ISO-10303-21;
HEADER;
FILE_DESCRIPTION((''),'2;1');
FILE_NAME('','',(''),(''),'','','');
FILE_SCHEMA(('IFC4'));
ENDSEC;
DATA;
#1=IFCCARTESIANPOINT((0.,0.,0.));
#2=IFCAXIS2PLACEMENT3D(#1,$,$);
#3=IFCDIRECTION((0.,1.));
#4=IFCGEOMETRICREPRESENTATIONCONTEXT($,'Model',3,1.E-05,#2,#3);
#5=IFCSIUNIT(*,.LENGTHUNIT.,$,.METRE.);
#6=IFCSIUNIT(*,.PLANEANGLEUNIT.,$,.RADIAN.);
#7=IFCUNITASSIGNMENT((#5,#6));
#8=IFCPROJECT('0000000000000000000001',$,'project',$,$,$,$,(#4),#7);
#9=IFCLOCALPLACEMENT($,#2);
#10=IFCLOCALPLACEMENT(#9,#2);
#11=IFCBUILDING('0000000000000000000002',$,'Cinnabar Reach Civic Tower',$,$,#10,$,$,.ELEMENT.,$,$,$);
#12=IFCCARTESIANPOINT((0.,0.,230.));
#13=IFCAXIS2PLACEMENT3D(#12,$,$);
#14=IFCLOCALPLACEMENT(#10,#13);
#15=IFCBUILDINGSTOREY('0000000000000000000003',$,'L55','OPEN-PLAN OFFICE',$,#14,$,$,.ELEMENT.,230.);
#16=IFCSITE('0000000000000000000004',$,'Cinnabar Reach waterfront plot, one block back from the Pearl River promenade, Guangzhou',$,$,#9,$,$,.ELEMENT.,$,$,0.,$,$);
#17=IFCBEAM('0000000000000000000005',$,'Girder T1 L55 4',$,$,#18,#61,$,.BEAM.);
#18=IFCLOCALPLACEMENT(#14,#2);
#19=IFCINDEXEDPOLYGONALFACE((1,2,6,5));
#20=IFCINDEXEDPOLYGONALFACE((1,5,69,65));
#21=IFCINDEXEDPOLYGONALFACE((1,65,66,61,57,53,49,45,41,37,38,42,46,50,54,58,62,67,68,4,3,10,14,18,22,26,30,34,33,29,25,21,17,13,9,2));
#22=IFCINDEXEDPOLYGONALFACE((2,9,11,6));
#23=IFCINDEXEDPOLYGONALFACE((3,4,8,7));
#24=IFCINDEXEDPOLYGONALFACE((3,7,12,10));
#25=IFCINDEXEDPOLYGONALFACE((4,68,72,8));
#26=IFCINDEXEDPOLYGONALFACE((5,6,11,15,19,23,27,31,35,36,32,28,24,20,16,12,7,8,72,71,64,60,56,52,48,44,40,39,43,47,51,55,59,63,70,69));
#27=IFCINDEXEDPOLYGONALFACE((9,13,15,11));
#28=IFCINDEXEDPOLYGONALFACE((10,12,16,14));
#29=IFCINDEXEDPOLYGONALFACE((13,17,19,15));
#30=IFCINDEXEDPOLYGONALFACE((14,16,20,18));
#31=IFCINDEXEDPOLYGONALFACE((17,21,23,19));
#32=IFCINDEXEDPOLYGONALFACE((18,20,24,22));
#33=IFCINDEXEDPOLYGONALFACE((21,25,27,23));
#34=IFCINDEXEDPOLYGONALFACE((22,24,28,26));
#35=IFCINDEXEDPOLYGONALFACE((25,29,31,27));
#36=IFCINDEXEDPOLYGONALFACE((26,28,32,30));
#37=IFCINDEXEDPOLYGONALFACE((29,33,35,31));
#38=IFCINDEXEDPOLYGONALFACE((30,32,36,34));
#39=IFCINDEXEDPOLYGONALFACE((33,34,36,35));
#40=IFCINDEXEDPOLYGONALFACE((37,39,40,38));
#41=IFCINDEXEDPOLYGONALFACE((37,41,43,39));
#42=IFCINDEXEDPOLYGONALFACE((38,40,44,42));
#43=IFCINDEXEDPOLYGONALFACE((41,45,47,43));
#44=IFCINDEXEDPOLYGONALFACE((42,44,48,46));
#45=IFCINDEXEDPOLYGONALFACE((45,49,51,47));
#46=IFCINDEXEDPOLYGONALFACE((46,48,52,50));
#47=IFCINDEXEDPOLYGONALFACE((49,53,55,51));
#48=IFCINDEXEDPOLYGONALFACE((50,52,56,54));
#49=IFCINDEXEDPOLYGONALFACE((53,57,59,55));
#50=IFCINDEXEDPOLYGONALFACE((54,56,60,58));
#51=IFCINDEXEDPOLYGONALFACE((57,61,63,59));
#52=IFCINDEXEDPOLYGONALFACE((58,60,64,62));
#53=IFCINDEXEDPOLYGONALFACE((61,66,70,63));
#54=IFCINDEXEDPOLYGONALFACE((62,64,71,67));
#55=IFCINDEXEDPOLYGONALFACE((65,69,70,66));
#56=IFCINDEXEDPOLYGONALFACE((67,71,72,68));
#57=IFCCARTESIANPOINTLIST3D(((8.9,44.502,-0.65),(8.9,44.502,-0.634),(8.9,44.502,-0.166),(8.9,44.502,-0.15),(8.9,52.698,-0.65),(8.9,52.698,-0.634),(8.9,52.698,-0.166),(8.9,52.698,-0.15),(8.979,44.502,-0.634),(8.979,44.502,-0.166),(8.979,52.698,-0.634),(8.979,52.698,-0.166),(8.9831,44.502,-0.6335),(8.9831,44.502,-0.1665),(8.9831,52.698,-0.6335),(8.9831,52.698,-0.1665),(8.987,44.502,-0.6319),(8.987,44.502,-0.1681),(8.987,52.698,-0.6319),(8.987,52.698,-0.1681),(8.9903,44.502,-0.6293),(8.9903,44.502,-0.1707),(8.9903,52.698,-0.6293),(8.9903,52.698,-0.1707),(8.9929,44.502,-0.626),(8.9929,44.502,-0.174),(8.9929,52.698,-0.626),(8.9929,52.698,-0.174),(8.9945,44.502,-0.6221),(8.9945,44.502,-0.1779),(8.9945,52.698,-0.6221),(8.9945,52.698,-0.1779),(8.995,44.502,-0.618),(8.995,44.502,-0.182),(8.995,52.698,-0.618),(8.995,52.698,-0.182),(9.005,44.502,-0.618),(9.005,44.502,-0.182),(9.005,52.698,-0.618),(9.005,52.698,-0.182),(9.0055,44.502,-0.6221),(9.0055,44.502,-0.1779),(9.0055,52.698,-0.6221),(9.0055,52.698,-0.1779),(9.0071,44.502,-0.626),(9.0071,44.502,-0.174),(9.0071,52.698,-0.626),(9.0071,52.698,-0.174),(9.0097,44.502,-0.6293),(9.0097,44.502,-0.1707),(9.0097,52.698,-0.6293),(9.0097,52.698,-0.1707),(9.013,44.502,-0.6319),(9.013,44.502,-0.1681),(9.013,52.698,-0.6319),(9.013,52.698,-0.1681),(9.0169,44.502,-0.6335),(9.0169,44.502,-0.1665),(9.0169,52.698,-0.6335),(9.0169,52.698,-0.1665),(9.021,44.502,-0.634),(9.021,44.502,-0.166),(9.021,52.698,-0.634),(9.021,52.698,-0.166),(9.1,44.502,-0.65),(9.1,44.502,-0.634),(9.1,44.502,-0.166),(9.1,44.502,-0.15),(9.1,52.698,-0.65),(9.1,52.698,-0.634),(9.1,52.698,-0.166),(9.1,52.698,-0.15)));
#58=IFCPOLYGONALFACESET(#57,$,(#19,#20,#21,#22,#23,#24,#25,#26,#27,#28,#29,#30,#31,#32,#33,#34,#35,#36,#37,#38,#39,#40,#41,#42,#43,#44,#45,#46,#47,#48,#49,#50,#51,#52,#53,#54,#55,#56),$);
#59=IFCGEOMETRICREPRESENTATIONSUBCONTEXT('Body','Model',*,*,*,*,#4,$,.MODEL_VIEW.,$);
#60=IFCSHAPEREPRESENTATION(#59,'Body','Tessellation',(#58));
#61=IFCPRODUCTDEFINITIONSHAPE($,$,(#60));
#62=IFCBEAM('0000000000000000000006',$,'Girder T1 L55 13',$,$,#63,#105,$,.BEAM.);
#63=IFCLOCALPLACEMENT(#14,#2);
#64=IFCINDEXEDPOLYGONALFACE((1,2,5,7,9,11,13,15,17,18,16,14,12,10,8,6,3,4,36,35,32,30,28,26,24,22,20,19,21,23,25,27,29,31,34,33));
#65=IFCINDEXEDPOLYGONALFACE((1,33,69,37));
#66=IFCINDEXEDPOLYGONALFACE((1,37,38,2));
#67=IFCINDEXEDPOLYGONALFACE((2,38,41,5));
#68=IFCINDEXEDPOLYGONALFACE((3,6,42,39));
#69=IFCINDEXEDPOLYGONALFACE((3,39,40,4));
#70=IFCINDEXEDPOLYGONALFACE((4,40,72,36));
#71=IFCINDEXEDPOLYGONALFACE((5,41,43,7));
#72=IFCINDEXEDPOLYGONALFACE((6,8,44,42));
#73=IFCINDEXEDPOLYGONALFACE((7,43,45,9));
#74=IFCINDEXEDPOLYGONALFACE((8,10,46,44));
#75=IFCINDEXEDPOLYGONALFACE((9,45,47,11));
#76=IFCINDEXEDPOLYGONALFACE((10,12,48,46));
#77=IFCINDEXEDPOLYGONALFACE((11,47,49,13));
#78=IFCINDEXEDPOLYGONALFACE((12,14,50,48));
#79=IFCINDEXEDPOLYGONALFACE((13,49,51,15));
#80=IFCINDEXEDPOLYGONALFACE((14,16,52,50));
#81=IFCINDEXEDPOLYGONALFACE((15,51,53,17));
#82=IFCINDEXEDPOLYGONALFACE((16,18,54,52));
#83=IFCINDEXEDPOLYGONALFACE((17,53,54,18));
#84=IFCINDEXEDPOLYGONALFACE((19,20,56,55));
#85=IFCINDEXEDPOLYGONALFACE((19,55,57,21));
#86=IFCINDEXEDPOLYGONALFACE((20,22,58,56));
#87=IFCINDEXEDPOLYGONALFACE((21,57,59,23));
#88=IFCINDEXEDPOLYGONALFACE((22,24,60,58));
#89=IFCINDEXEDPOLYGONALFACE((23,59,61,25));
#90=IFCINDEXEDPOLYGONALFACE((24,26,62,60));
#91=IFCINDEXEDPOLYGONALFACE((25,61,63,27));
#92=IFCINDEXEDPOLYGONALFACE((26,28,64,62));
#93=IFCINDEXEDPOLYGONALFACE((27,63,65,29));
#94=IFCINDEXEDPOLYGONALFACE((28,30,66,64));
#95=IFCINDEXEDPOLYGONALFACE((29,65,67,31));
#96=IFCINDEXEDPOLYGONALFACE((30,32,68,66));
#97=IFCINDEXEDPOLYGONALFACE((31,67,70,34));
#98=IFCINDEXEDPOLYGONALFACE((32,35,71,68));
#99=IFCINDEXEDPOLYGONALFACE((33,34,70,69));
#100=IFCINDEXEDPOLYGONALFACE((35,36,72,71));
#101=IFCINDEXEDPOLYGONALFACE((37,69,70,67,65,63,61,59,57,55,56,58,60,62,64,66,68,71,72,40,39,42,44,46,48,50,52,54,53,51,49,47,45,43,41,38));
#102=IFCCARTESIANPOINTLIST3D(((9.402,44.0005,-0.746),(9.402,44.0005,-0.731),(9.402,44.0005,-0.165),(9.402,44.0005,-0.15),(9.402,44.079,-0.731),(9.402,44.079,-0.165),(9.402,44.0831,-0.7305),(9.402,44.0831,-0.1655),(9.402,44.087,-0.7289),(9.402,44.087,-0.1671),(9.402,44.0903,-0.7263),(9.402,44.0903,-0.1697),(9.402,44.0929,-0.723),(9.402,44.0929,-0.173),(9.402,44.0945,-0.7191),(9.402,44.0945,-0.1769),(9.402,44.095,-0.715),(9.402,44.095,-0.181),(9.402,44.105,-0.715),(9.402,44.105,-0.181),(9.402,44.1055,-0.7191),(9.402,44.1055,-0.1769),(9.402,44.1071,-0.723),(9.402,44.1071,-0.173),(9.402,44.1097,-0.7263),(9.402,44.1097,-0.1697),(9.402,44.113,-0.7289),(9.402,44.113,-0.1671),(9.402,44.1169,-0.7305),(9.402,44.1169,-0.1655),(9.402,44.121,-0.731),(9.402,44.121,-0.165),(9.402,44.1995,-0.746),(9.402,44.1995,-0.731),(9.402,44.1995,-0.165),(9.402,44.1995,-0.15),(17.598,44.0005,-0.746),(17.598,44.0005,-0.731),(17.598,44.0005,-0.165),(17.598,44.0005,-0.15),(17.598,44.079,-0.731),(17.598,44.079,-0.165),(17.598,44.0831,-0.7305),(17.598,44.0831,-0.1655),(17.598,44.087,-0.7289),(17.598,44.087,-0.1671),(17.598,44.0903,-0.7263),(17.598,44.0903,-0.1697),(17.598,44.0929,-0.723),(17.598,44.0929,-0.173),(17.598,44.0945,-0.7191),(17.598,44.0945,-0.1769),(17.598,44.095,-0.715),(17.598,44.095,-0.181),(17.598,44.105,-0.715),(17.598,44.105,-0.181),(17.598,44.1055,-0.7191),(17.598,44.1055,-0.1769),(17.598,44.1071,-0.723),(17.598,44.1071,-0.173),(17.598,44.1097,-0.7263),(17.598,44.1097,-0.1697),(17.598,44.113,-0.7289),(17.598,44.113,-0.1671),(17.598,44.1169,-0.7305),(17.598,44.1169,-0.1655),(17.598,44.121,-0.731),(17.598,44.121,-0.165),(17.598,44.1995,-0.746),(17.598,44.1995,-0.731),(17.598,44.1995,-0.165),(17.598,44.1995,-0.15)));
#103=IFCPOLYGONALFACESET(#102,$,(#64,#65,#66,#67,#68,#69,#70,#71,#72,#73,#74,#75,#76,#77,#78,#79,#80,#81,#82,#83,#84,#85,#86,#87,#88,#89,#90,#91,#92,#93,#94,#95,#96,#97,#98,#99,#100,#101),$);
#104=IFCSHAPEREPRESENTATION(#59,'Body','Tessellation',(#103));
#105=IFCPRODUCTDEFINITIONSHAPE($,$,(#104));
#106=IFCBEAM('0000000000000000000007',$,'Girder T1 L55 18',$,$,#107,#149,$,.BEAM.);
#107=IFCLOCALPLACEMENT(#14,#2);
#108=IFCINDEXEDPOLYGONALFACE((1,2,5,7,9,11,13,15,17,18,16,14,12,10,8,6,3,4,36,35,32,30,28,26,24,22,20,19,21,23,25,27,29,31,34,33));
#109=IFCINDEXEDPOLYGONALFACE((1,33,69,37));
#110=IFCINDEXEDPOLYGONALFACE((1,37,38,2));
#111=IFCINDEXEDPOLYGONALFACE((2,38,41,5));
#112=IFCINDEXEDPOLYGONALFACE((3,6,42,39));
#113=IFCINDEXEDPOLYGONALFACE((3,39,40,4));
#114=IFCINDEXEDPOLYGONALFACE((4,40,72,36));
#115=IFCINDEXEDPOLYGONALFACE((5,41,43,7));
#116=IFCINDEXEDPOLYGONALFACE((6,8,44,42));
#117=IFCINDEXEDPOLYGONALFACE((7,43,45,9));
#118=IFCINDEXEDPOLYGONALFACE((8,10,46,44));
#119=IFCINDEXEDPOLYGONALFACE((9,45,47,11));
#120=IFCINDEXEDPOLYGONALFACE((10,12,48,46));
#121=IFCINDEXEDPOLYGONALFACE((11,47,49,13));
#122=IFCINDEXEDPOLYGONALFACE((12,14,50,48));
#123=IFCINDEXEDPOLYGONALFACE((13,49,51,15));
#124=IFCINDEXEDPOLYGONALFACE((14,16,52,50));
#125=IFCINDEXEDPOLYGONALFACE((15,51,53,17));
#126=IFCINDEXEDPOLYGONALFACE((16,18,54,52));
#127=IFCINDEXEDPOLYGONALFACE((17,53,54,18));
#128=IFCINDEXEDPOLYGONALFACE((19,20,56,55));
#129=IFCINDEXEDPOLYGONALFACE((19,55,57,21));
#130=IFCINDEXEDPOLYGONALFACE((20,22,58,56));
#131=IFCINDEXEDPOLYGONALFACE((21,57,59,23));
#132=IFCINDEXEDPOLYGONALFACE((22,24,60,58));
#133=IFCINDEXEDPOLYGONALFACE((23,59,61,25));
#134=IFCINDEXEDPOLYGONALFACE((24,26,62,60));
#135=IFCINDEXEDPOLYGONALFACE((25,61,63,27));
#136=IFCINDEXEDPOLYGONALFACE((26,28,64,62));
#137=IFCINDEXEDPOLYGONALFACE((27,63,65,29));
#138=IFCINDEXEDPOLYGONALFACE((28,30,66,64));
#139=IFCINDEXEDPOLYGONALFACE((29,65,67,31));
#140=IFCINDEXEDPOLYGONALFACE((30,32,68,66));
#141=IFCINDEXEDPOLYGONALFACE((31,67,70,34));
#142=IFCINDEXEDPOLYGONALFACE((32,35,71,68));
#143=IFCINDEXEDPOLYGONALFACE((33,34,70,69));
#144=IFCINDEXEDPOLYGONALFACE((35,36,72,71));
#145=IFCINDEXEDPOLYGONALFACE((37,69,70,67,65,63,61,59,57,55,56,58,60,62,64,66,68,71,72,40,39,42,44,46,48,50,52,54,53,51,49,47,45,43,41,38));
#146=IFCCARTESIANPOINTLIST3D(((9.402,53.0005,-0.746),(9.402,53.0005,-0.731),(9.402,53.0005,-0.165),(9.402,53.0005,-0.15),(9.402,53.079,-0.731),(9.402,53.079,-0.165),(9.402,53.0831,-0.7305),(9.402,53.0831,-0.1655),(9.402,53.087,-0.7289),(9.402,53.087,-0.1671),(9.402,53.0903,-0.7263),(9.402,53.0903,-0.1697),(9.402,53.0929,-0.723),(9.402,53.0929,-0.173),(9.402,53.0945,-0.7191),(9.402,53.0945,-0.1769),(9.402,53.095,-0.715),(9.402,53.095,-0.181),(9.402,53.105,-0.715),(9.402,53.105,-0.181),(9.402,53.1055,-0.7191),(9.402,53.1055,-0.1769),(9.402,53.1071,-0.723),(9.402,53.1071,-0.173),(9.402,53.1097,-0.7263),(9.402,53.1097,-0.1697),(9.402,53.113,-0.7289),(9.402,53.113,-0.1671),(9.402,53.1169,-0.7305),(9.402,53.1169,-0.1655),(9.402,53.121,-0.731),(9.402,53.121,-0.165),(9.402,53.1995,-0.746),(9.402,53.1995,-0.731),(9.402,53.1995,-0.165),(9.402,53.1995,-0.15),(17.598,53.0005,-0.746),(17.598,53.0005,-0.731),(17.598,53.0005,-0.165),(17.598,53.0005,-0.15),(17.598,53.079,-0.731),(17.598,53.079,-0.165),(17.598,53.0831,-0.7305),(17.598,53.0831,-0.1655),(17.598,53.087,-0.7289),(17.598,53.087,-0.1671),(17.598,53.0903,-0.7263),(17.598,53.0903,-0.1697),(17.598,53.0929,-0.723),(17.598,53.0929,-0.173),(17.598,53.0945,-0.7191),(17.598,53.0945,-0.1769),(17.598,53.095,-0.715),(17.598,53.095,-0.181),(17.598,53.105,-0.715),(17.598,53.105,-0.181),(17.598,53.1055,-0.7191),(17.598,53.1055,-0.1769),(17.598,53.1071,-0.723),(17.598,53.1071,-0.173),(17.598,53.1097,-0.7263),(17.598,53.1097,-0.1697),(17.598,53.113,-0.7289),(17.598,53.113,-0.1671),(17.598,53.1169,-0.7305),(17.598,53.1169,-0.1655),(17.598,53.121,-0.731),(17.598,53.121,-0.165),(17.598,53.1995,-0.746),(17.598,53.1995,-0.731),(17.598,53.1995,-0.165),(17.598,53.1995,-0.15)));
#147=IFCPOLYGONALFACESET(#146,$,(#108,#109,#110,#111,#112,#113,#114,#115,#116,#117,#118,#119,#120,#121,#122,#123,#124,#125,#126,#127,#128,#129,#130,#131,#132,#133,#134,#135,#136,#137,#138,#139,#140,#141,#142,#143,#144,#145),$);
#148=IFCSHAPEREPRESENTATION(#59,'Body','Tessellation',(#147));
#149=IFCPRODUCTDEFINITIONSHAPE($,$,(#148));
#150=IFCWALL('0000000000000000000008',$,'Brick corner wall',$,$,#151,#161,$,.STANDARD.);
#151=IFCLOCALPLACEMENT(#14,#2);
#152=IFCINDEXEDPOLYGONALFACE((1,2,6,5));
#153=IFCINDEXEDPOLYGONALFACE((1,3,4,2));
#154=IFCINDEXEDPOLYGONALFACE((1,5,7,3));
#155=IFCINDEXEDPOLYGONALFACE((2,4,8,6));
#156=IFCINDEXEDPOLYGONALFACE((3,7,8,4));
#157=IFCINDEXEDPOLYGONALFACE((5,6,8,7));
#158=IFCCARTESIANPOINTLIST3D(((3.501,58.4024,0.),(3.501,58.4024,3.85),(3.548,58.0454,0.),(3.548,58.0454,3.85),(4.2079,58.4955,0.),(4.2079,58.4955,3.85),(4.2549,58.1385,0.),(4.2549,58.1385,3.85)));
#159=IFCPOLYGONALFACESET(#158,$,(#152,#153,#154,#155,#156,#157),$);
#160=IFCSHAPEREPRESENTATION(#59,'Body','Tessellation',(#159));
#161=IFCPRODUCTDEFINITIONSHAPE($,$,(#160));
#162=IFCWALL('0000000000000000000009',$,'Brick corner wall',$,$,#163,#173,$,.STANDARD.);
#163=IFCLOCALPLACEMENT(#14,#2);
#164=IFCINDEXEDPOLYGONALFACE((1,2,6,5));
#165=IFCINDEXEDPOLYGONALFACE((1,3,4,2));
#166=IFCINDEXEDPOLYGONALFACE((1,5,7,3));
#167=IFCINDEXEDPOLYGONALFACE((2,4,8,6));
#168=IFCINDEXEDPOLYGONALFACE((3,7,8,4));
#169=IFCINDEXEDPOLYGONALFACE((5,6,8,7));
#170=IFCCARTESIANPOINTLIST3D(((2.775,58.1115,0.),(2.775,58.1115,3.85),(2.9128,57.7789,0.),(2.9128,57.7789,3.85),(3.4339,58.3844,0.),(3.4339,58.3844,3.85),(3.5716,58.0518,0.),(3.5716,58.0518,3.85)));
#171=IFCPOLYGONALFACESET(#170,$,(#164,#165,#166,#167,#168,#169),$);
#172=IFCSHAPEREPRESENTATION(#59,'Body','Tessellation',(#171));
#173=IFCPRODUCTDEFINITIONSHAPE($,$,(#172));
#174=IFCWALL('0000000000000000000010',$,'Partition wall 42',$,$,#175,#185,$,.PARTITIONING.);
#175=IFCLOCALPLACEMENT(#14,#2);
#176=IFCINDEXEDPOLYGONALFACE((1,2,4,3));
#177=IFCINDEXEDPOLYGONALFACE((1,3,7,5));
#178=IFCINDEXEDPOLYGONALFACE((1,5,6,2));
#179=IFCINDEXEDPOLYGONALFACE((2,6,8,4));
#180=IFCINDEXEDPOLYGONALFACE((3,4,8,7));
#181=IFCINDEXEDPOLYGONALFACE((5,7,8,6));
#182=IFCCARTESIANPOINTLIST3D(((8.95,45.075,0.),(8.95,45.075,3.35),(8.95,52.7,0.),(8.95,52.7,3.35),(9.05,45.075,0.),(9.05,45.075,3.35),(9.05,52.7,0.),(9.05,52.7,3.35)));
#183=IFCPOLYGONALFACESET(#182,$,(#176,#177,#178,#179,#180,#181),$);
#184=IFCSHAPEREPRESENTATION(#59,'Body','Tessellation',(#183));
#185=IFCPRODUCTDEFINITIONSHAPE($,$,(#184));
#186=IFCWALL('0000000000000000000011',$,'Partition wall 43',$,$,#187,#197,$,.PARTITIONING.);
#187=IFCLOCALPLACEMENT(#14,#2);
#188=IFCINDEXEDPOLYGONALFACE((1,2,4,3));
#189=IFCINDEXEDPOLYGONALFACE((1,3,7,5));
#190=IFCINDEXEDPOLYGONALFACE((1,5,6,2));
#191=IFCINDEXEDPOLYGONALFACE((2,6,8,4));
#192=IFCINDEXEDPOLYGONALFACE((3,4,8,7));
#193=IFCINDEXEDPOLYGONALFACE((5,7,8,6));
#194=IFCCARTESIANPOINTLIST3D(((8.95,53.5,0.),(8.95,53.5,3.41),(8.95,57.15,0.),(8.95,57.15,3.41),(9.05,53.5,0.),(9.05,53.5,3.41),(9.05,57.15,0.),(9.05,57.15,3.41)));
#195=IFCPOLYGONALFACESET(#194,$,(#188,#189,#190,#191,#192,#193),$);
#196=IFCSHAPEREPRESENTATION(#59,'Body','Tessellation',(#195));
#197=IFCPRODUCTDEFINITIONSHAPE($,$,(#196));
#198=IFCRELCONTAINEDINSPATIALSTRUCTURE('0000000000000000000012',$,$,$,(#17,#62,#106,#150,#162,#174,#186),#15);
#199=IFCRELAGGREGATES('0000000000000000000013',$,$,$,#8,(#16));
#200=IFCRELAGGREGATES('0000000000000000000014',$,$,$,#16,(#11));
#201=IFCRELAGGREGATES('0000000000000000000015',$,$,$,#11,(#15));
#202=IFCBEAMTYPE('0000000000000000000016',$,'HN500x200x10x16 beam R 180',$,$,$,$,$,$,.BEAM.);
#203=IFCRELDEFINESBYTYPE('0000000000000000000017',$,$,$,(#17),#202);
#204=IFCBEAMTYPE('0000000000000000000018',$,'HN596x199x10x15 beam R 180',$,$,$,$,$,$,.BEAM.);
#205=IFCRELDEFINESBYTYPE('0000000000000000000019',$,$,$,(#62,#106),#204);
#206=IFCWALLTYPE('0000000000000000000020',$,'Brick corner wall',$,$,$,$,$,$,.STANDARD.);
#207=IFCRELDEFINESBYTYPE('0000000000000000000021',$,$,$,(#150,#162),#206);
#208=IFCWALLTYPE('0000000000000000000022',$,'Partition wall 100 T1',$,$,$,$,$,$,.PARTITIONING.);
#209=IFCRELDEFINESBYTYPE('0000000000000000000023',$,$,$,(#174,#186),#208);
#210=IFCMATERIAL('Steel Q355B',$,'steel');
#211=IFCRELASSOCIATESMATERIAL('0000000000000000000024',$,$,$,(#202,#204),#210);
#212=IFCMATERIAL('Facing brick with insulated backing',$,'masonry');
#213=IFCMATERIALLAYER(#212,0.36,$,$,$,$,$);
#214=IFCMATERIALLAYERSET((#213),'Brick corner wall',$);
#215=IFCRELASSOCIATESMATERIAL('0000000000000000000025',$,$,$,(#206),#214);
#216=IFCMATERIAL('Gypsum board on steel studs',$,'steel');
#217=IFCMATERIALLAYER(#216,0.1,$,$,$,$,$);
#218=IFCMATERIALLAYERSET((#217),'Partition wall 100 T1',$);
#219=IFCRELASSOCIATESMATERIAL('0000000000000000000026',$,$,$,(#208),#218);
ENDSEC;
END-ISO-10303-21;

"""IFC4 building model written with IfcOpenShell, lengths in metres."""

from ifc_helpers import new_model, si_unit, direction, frame, frame_2d, origin, origin_2d, place, context, subcontext, project, spatial, rectangle, i_section, extrude, material, layer, layer_set, material_profile, profile_set, type_object, element, save


model = new_model("IFC4")

# Units and contexts
model_context = context("Model", 3, precision=1e-05, world=origin(), true_north=direction((0.0, 1.0)))
body_context = subcontext(model_context, "Body", "Model", "MODEL_VIEW")
ifc_project = project(units=[si_unit("LENGTHUNIT", "METRE"), si_unit("PLANEANGLEUNIT", "RADIAN")], contexts=[model_context])

# Site, building, storey
site_placement = place(None, origin())
site = spatial("IfcSite", under=ifc_project, at=site_placement, Name="Cinnabar Reach waterfront plot, one block back from the Pearl River promenade, Guangzhou", CompositionType="ELEMENT", RefElevation=0.0)
building_placement = place(site_placement, origin())
building = spatial("IfcBuilding", under=site, at=building_placement, Name="Cinnabar Reach Civic Tower", CompositionType="ELEMENT")
storey_placement = place(building_placement, frame((0.0, 0.0, 230.0)))
storey = spatial("IfcBuildingStorey", under=building, at=storey_placement, Name="L55", Description="OPEN-PLAN OFFICE", CompositionType="ELEMENT", Elevation=230.0)

# Beams
ifc_material_1 = material(Name="Steel Q355B", Category="steel")
ifc_material_profile_1 = material_profile(ifc_material_1, i_section(OverallWidth=0.2, OverallDepth=0.5, WebThickness=0.01, FlangeThickness=0.016, FilletRadius=0.016, at=origin_2d()), Name="HN500x200x10x16")
ifc_profile_set_1 = profile_set([ifc_material_profile_1], Name="Steel Q355B")
beam_type_1 = type_object("IfcBeamType", Name="HN500x200x10x16 beam R 180", PredefinedType="BEAM", material=ifc_profile_set_1)
beam_1_placement = place(storey_placement, frame((9.0, 44.502, -0.4), z_axis=(0.0, 1.0, 0.0), x_axis=(-1.0, 0.0, 0.0)))
element("IfcBeam", 1, at=beam_1_placement, inside=storey, type_object=beam_type_1, Name="Girder T1 L55 4", PredefinedType="BEAM", context=body_context, shape_type="SweptSolid", body=[
    extrude(i_section(OverallWidth=0.2, OverallDepth=0.5, WebThickness=0.01, FlangeThickness=0.016, FilletRadius=0.016, at=origin_2d()), origin(), (0.0, 0.0, 1.0), 8.196),
])
ifc_material_profile_2 = material_profile(ifc_material_1, i_section(OverallWidth=0.199, OverallDepth=0.596, WebThickness=0.01, FlangeThickness=0.015, FilletRadius=0.016, at=origin_2d()), Name="HN596x199x10x15")
ifc_profile_set_2 = profile_set([ifc_material_profile_2], Name="Steel Q355B")
beam_type_2 = type_object("IfcBeamType", Name="HN596x199x10x15 beam R 180", PredefinedType="BEAM", material=ifc_profile_set_2)
for number, where, z_axis, x_axis, name in (
    (2, (9.402, 44.1, -0.448), (1.0, 0.0, 0.0), (0.0, 1.0, 0.0), "Girder T1 L55 13"),
    (3, (9.402, 53.1, -0.448), (1.0, 0.0, 0.0), (0.0, 1.0, 0.0), "Girder T1 L55 18"),
):
    element("IfcBeam", number, at=place(storey_placement, frame(where, z_axis=z_axis, x_axis=x_axis)), inside=storey, type_object=beam_type_2, Name=name, PredefinedType="BEAM", context=body_context, shape_type="SweptSolid", body=[
        extrude(i_section(OverallWidth=0.199, OverallDepth=0.596, WebThickness=0.01, FlangeThickness=0.015, FilletRadius=0.016, at=origin_2d()), origin(), (0.0, 0.0, 1.0), 8.196),
    ])

# Walls
ifc_material_2 = material(Name="Facing brick with insulated backing", Category="masonry")
ifc_layer_1 = layer(ifc_material_2, 0.36)
ifc_layer_set_1 = layer_set([ifc_layer_1], Name="Brick corner wall")
wall_type_1 = type_object("IfcWallType", Name="Brick corner wall", PredefinedType="STANDARD", material=ifc_layer_set_1)
for number, where, z_axis, x_axis, name in (
    (4, (4.2314, 58.317, 0.0), (0.0, 0.0, 1.0), (-0.991441, -0.130556, 0.0), "Brick corner wall"),
    (5, (3.5027, 58.2181, 0.0), (0.0, 0.0, 1.0), (-0.923872, -0.382703, 0.0), "Brick corner wall"),
):
    element("IfcWall", number, at=place(storey_placement, frame(where, z_axis=z_axis, x_axis=x_axis)), inside=storey, type_object=wall_type_1, Name=name, PredefinedType="STANDARD", context=body_context, shape_type="SweptSolid", body=[
        extrude(rectangle(XDim=0.7131, YDim=0.36, at=frame_2d((0.3565, 0.0))), origin(), (0.0, 0.0, 1.0), 3.85),
    ])
ifc_material_3 = material(Name="Gypsum board on steel studs", Category="steel")
ifc_layer_2 = layer(ifc_material_3, 0.1)
ifc_layer_set_2 = layer_set([ifc_layer_2], Name="Partition wall 100 T1")
wall_type_2 = type_object("IfcWallType", Name="Partition wall 100 T1", PredefinedType="PARTITIONING", material=ifc_layer_set_2)
wall_1_placement = place(storey_placement, frame((9.0, 45.075, 0.0), z_axis=(0.0, 0.0, 1.0), x_axis=(0.0, 1.0, 0.0)))
element("IfcWall", 6, at=wall_1_placement, inside=storey, type_object=wall_type_2, Name="Partition wall 42", PredefinedType="PARTITIONING", context=body_context, shape_type="SweptSolid", body=[
    extrude(rectangle(XDim=7.625, YDim=0.1, at=frame_2d((3.8125, 0.0))), origin(), (0.0, 0.0, 1.0), 3.35),
])
wall_2_placement = place(storey_placement, frame((9.0, 53.5, 0.0), z_axis=(0.0, 0.0, 1.0), x_axis=(0.0, 1.0, 0.0)))
element("IfcWall", 7, at=wall_2_placement, inside=storey, type_object=wall_type_2, Name="Partition wall 43", PredefinedType="PARTITIONING", context=body_context, shape_type="SweptSolid", body=[
    extrude(rectangle(XDim=3.65, YDim=0.1, at=frame_2d((1.825, 0.0))), origin(), (0.0, 0.0, 1.0), 3.41),
])

save(model, "model.ifc")
